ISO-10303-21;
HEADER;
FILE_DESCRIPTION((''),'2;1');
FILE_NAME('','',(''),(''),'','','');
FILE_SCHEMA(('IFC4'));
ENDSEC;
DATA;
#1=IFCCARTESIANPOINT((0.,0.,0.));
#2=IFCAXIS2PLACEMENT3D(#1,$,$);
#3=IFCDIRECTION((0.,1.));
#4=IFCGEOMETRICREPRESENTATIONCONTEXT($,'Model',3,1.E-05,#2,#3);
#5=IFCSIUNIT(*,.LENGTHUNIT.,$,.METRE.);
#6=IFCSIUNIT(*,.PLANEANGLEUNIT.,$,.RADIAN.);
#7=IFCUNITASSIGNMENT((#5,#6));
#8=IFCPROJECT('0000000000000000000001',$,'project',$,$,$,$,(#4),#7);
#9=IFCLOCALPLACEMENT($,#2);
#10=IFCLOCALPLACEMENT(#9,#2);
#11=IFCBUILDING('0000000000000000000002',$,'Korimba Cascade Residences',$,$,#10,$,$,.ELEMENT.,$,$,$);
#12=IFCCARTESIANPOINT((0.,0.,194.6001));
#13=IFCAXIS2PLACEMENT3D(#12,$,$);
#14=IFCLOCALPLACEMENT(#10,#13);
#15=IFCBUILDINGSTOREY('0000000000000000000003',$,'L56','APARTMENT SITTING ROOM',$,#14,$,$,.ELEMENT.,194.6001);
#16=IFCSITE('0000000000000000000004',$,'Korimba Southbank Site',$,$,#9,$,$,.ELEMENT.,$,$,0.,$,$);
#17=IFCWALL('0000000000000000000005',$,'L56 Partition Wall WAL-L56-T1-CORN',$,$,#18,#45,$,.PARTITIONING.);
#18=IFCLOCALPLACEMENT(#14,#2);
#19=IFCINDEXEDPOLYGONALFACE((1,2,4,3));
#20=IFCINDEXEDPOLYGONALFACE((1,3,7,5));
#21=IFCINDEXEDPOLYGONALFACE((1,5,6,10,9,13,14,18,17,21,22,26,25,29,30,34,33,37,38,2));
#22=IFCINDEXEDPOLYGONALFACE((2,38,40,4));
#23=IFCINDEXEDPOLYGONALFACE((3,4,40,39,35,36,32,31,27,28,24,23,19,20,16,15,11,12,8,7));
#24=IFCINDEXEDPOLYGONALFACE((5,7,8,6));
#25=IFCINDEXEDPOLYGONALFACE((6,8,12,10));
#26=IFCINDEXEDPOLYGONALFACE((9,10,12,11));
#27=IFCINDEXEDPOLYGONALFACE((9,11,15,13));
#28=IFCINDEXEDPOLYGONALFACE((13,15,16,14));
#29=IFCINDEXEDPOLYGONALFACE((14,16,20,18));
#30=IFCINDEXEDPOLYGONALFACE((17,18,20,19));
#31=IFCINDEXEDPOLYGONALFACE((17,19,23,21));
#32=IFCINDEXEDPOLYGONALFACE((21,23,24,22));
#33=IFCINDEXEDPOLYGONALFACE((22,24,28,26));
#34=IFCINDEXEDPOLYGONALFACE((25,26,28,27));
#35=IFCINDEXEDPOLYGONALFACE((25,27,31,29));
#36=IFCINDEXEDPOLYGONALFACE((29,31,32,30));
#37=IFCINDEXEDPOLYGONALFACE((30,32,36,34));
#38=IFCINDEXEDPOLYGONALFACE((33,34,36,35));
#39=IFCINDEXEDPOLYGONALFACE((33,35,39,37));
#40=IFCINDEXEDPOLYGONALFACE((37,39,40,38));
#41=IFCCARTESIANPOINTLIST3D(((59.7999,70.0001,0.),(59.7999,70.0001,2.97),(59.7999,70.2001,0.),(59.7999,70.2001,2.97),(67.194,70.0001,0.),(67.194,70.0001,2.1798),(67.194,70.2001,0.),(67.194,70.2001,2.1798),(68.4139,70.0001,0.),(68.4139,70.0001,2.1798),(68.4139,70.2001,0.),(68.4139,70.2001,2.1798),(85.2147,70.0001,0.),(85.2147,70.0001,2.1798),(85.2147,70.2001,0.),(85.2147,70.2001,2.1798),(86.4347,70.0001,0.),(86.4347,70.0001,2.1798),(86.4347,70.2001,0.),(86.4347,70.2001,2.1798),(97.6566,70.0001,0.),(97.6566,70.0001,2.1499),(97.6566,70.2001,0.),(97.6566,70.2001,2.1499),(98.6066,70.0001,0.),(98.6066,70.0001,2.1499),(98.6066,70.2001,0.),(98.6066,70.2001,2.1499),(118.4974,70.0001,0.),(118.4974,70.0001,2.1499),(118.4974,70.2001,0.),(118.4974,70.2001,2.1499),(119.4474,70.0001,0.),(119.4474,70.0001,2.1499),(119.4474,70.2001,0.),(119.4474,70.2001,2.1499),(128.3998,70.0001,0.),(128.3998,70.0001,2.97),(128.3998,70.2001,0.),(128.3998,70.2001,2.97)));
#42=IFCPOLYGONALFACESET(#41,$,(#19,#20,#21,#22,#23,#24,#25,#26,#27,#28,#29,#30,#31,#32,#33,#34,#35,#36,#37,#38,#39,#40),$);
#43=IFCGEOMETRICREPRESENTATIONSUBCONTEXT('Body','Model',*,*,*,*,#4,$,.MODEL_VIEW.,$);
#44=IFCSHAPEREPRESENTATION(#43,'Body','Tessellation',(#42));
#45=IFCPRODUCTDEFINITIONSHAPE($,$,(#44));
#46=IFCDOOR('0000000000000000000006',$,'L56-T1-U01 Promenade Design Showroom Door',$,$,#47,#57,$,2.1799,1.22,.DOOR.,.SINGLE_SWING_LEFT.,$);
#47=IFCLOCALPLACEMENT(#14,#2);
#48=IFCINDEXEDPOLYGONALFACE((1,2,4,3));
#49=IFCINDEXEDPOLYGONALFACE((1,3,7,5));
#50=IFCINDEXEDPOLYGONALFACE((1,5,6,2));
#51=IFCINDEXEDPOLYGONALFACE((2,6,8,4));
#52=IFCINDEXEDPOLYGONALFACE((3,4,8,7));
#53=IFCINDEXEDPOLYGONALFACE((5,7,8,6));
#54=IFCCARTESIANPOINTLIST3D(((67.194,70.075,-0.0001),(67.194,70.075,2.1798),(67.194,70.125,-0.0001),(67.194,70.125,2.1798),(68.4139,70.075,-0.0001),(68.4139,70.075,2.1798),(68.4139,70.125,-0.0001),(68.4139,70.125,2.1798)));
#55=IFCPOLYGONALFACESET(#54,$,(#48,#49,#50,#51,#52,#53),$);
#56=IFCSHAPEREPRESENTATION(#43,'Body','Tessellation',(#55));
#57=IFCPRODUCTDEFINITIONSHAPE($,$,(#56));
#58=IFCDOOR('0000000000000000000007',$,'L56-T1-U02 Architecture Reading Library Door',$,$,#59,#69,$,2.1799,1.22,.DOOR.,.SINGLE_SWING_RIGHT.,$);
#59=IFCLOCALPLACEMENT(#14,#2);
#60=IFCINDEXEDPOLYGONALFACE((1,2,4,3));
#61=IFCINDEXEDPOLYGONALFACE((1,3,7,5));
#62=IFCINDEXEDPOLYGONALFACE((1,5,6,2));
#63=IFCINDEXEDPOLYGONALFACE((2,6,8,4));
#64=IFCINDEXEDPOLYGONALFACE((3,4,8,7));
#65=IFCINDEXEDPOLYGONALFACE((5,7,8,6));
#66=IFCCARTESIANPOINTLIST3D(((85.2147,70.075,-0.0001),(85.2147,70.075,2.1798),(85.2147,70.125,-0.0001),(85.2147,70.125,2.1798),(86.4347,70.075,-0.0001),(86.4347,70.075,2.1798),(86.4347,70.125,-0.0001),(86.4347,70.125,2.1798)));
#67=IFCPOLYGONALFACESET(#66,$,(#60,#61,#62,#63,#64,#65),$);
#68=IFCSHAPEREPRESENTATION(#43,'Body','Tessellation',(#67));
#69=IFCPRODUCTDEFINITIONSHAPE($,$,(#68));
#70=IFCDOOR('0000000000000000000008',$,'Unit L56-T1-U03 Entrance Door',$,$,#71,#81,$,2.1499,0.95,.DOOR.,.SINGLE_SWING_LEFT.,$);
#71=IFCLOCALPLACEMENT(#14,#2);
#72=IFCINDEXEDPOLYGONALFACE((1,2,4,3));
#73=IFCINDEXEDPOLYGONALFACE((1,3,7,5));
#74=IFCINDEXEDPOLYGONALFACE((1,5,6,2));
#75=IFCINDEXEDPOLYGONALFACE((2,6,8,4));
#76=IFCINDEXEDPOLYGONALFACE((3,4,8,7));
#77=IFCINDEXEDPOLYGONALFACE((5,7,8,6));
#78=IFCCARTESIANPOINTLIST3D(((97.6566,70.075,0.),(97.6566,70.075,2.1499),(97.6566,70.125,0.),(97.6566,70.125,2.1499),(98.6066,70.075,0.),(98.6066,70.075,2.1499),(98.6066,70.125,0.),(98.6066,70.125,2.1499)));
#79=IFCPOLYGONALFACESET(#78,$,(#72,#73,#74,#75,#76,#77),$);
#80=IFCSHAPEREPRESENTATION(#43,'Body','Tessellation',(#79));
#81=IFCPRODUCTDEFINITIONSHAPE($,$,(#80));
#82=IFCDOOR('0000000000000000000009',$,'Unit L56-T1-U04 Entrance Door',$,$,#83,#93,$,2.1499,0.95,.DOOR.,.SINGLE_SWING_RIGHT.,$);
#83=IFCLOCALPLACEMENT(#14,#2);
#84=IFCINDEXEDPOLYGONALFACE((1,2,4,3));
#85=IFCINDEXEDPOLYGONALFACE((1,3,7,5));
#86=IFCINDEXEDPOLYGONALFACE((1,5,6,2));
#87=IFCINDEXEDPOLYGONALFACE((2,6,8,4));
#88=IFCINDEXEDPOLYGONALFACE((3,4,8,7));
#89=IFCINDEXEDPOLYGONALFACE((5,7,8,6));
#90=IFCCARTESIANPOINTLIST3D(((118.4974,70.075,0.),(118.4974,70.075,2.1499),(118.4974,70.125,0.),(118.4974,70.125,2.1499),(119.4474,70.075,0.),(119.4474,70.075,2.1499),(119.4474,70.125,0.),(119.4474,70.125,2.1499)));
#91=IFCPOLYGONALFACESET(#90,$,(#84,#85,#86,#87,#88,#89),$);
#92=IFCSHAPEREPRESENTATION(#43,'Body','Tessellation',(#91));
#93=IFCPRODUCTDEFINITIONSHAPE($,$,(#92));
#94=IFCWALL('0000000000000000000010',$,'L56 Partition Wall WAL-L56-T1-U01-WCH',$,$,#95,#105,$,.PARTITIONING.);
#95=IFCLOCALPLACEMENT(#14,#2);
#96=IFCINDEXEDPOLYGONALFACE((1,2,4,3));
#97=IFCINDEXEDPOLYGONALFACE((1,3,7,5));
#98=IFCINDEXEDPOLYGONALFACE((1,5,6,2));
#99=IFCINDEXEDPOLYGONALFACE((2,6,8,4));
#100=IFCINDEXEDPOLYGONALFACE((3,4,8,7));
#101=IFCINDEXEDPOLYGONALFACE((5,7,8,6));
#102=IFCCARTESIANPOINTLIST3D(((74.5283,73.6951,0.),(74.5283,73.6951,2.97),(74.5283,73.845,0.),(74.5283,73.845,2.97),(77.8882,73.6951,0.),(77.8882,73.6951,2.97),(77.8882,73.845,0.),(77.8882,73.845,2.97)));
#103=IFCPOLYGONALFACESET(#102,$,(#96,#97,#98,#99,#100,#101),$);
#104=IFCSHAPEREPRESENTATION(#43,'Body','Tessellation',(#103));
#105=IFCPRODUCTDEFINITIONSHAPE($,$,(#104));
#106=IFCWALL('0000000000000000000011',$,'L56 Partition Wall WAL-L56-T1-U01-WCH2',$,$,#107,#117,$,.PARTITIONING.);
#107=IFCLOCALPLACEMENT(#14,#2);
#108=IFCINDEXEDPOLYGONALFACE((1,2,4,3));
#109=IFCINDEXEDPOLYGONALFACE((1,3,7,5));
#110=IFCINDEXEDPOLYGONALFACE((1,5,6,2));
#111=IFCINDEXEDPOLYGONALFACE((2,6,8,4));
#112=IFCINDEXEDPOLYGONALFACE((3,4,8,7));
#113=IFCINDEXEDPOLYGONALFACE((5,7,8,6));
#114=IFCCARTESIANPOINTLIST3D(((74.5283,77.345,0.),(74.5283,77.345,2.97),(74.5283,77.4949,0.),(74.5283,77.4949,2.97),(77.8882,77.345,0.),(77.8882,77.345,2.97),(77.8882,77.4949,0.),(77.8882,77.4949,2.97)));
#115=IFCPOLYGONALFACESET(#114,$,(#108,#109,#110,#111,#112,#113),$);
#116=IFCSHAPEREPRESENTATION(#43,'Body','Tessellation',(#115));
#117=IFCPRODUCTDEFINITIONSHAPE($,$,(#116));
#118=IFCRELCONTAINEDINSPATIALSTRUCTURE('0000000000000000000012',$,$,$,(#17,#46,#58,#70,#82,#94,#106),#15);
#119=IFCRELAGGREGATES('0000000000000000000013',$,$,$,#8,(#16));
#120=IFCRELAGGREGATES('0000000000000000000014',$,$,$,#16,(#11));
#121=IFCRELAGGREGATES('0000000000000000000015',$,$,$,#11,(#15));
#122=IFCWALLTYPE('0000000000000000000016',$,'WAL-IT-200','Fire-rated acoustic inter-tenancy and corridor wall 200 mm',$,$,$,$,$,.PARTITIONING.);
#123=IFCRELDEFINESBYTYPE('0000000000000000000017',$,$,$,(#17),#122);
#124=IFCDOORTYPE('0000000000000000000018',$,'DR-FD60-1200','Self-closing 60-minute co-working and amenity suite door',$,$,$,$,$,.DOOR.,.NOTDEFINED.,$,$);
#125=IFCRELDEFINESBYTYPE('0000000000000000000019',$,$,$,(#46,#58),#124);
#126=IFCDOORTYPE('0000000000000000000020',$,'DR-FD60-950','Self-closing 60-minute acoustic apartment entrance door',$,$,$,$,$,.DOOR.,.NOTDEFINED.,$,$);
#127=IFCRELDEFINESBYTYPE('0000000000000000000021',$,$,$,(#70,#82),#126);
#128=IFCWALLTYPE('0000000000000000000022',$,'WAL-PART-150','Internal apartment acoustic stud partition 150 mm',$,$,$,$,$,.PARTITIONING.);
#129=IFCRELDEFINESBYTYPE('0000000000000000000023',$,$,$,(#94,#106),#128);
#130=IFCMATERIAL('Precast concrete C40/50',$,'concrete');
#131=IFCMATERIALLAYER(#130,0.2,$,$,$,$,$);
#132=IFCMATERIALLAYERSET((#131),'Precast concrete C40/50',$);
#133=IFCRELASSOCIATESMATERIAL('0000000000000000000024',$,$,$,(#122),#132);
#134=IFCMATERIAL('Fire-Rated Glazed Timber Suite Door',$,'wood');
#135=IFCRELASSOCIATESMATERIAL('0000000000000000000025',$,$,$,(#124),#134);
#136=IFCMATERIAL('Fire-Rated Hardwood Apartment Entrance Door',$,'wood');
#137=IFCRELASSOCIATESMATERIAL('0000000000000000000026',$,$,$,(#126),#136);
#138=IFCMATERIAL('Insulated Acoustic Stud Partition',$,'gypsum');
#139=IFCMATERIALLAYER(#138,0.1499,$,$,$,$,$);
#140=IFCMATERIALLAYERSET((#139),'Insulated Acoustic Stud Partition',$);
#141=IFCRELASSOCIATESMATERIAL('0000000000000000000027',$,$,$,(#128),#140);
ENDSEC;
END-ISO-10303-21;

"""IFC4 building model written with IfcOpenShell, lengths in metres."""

from ifc_helpers import new_model, si_unit, direction, frame, frame_2d, origin, place, context, subcontext, project, spatial, rectangle, extrude, material, layer, layer_set, type_object, element, fill, save


model = new_model("IFC4")

# Units and contexts
model_context = context("Model", 3, precision=1e-05, world=origin(), true_north=direction((0.0, 1.0)))
body_context = subcontext(model_context, "Body", "Model", "MODEL_VIEW")
ifc_project = project(units=[si_unit("LENGTHUNIT", "METRE"), si_unit("PLANEANGLEUNIT", "RADIAN")], contexts=[model_context])

# Site, building, storey
site_placement = place(None, origin())
site = spatial("IfcSite", under=ifc_project, at=site_placement, Name="Korimba Southbank Site", CompositionType="ELEMENT", RefElevation=0.0)
building_placement = place(site_placement, origin())
building = spatial("IfcBuilding", under=site, at=building_placement, Name="Korimba Cascade Residences", CompositionType="ELEMENT")
storey_placement = place(building_placement, frame((0.0, 0.0, 194.6001)))
storey = spatial("IfcBuildingStorey", under=building, at=storey_placement, Name="L56", Description="APARTMENT SITTING ROOM", CompositionType="ELEMENT", Elevation=194.6001)

# Shared definitions
ifc_material_1 = material(Name="Precast concrete C40/50", Category="concrete")
ifc_layer_1 = layer(ifc_material_1, 0.2)
ifc_layer_set_1 = layer_set([ifc_layer_1], Name="Precast concrete C40/50")
wall_type_1 = type_object("IfcWallType", Name="WAL-IT-200", Description="Fire-rated acoustic inter-tenancy and corridor wall 200 mm", PredefinedType="PARTITIONING", material=ifc_layer_set_1)

# Wall, openings, doors
wall_1_placement = place(storey_placement, frame((59.8, 70.1001, 0.0), z_axis=(0.0, 0.0, 1.0), x_axis=(1.0, 0.0, 0.0)))
wall_1 = element("IfcWall", 1, at=wall_1_placement, inside=storey, type_object=wall_type_1, Name="L56 Partition Wall WAL-L56-T1-CORN", PredefinedType="PARTITIONING", context=body_context, shape_type="SweptSolid", body=[
    extrude(rectangle(XDim=68.5999, YDim=0.2, at=frame_2d((34.2998, 0.0))), origin(), (0.0, 0.0, 1.0), 2.97),
])
opening_1_placement = place(wall_1_placement, frame((7.394, 0.0, 0.0)))
opening_1 = element("IfcOpeningElement", 2, at=opening_1_placement, cuts=wall_1, PredefinedType="OPENING", context=body_context, shape_type="SweptSolid", body=[
    extrude(rectangle(XDim=1.22, YDim=2.1799, at=frame_2d((0.6099, 1.0898))), frame((0.0, 0.1099, 0.0), z_axis=(0.0, -1.0, 0.0), x_axis=(1.0, 0.0, 0.0)), (0.0, 0.0, 1.0), 0.22),
])
opening_2_placement = place(wall_1_placement, frame((25.4148, 0.0, 0.0)))
opening_2 = element("IfcOpeningElement", 3, at=opening_2_placement, cuts=wall_1, PredefinedType="OPENING", context=body_context, shape_type="SweptSolid", body=[
    extrude(rectangle(XDim=1.22, YDim=2.1799, at=frame_2d((0.6099, 1.0898))), frame((0.0, 0.1099, 0.0), z_axis=(0.0, -1.0, 0.0), x_axis=(1.0, 0.0, 0.0)), (0.0, 0.0, 1.0), 0.22),
])
opening_3_placement = place(wall_1_placement, frame((37.8564, 0.0, 0.0)))
opening_3 = element("IfcOpeningElement", 4, at=opening_3_placement, cuts=wall_1, PredefinedType="OPENING", context=body_context, shape_type="SweptSolid", body=[
    extrude(rectangle(XDim=0.95, YDim=2.1499, at=frame_2d((0.4751, 1.075))), frame((0.0, 0.1099, 0.0), z_axis=(0.0, -1.0, 0.0), x_axis=(1.0, 0.0, 0.0)), (0.0, 0.0, 1.0), 0.22),
])
opening_4_placement = place(wall_1_placement, frame((58.6973, 0.0, 0.0)))
opening_4 = element("IfcOpeningElement", 5, at=opening_4_placement, cuts=wall_1, PredefinedType="OPENING", context=body_context, shape_type="SweptSolid", body=[
    extrude(rectangle(XDim=0.95, YDim=2.1499, at=frame_2d((0.4751, 1.075))), frame((0.0, 0.1099, 0.0), z_axis=(0.0, -1.0, 0.0), x_axis=(1.0, 0.0, 0.0)), (0.0, 0.0, 1.0), 0.22),
])
ifc_material_2 = material(Name="Fire-Rated Glazed Timber Suite Door", Category="wood")
door_type_1 = type_object("IfcDoorType", Name="DR-FD60-1200", Description="Self-closing 60-minute co-working and amenity suite door", OperationType="NOTDEFINED", PredefinedType="DOOR", material=ifc_material_2)
door_1_placement = place(opening_1_placement, origin())
door_1 = element("IfcDoor", 6, at=door_1_placement, inside=storey, type_object=door_type_1, Name="L56-T1-U01 Promenade Design Showroom Door", OperationType="SINGLE_SWING_LEFT", OverallHeight=2.1799, OverallWidth=1.22, PredefinedType="DOOR", context=body_context, shape_type="SweptSolid", body=[
    extrude(rectangle(XDim=1.22, YDim=2.1799, at=frame_2d((0.6099, 1.0898))), frame((0.0, 0.0249, 0.0), z_axis=(0.0, -1.0, 0.0), x_axis=(1.0, 0.0, 0.0)), (0.0, 0.0, 1.0), 0.05),
])
fill(opening_1, door_1)
door_2_placement = place(opening_2_placement, origin())
door_2 = element("IfcDoor", 7, at=door_2_placement, inside=storey, type_object=door_type_1, Name="L56-T1-U02 Architecture Reading Library Door", OperationType="SINGLE_SWING_RIGHT", OverallHeight=2.1799, OverallWidth=1.22, PredefinedType="DOOR", context=body_context, shape_type="SweptSolid", body=[
    extrude(rectangle(XDim=1.22, YDim=2.1799, at=frame_2d((0.6099, 1.0898))), frame((0.0, 0.0249, 0.0), z_axis=(0.0, -1.0, 0.0), x_axis=(1.0, 0.0, 0.0)), (0.0, 0.0, 1.0), 0.05),
])
fill(opening_2, door_2)
ifc_material_3 = material(Name="Fire-Rated Hardwood Apartment Entrance Door", Category="wood")
door_type_2 = type_object("IfcDoorType", Name="DR-FD60-950", Description="Self-closing 60-minute acoustic apartment entrance door", OperationType="NOTDEFINED", PredefinedType="DOOR", material=ifc_material_3)
door_3_placement = place(opening_3_placement, origin())
door_3 = element("IfcDoor", 8, at=door_3_placement, inside=storey, type_object=door_type_2, Name="Unit L56-T1-U03 Entrance Door", OperationType="SINGLE_SWING_LEFT", OverallHeight=2.1499, OverallWidth=0.95, PredefinedType="DOOR", context=body_context, shape_type="SweptSolid", body=[
    extrude(rectangle(XDim=0.95, YDim=2.1499, at=frame_2d((0.4751, 1.075))), frame((0.0, 0.0249, 0.0), z_axis=(0.0, -1.0, 0.0), x_axis=(1.0, 0.0, 0.0)), (0.0, 0.0, 1.0), 0.05),
])
fill(opening_3, door_3)
door_4_placement = place(opening_4_placement, origin())
door_4 = element("IfcDoor", 9, at=door_4_placement, inside=storey, type_object=door_type_2, Name="Unit L56-T1-U04 Entrance Door", OperationType="SINGLE_SWING_RIGHT", OverallHeight=2.1499, OverallWidth=0.95, PredefinedType="DOOR", context=body_context, shape_type="SweptSolid", body=[
    extrude(rectangle(XDim=0.95, YDim=2.1499, at=frame_2d((0.4751, 1.075))), frame((0.0, 0.0249, 0.0), z_axis=(0.0, -1.0, 0.0), x_axis=(1.0, 0.0, 0.0)), (0.0, 0.0, 1.0), 0.05),
])
fill(opening_4, door_4)

# Walls
ifc_material_4 = material(Name="Insulated Acoustic Stud Partition", Category="gypsum")
ifc_layer_2 = layer(ifc_material_4, 0.1499)
ifc_layer_set_2 = layer_set([ifc_layer_2], Name="Insulated Acoustic Stud Partition")
wall_type_2 = type_object("IfcWallType", Name="WAL-PART-150", Description="Internal apartment acoustic stud partition 150 mm", PredefinedType="PARTITIONING", material=ifc_layer_set_2)
for number, where, z_axis, x_axis, name in (
    (10, (74.5283, 73.77, 0.0), (0.0, 0.0, 1.0), (1.0, 0.0, 0.0), "L56 Partition Wall WAL-L56-T1-U01-WCH"),
    (11, (74.5283, 77.4199, 0.0), (0.0, 0.0, 1.0), (1.0, 0.0, 0.0), "L56 Partition Wall WAL-L56-T1-U01-WCH2"),
):
    element("IfcWall", number, at=place(storey_placement, frame(where, z_axis=z_axis, x_axis=x_axis)), inside=storey, type_object=wall_type_2, Name=name, PredefinedType="PARTITIONING", context=body_context, shape_type="SweptSolid", body=[
        extrude(rectangle(XDim=3.3599, YDim=0.1499, at=frame_2d((1.6799, 0.0))), origin(), (0.0, 0.0, 1.0), 2.97),
    ])

save(model, "model.ifc")
